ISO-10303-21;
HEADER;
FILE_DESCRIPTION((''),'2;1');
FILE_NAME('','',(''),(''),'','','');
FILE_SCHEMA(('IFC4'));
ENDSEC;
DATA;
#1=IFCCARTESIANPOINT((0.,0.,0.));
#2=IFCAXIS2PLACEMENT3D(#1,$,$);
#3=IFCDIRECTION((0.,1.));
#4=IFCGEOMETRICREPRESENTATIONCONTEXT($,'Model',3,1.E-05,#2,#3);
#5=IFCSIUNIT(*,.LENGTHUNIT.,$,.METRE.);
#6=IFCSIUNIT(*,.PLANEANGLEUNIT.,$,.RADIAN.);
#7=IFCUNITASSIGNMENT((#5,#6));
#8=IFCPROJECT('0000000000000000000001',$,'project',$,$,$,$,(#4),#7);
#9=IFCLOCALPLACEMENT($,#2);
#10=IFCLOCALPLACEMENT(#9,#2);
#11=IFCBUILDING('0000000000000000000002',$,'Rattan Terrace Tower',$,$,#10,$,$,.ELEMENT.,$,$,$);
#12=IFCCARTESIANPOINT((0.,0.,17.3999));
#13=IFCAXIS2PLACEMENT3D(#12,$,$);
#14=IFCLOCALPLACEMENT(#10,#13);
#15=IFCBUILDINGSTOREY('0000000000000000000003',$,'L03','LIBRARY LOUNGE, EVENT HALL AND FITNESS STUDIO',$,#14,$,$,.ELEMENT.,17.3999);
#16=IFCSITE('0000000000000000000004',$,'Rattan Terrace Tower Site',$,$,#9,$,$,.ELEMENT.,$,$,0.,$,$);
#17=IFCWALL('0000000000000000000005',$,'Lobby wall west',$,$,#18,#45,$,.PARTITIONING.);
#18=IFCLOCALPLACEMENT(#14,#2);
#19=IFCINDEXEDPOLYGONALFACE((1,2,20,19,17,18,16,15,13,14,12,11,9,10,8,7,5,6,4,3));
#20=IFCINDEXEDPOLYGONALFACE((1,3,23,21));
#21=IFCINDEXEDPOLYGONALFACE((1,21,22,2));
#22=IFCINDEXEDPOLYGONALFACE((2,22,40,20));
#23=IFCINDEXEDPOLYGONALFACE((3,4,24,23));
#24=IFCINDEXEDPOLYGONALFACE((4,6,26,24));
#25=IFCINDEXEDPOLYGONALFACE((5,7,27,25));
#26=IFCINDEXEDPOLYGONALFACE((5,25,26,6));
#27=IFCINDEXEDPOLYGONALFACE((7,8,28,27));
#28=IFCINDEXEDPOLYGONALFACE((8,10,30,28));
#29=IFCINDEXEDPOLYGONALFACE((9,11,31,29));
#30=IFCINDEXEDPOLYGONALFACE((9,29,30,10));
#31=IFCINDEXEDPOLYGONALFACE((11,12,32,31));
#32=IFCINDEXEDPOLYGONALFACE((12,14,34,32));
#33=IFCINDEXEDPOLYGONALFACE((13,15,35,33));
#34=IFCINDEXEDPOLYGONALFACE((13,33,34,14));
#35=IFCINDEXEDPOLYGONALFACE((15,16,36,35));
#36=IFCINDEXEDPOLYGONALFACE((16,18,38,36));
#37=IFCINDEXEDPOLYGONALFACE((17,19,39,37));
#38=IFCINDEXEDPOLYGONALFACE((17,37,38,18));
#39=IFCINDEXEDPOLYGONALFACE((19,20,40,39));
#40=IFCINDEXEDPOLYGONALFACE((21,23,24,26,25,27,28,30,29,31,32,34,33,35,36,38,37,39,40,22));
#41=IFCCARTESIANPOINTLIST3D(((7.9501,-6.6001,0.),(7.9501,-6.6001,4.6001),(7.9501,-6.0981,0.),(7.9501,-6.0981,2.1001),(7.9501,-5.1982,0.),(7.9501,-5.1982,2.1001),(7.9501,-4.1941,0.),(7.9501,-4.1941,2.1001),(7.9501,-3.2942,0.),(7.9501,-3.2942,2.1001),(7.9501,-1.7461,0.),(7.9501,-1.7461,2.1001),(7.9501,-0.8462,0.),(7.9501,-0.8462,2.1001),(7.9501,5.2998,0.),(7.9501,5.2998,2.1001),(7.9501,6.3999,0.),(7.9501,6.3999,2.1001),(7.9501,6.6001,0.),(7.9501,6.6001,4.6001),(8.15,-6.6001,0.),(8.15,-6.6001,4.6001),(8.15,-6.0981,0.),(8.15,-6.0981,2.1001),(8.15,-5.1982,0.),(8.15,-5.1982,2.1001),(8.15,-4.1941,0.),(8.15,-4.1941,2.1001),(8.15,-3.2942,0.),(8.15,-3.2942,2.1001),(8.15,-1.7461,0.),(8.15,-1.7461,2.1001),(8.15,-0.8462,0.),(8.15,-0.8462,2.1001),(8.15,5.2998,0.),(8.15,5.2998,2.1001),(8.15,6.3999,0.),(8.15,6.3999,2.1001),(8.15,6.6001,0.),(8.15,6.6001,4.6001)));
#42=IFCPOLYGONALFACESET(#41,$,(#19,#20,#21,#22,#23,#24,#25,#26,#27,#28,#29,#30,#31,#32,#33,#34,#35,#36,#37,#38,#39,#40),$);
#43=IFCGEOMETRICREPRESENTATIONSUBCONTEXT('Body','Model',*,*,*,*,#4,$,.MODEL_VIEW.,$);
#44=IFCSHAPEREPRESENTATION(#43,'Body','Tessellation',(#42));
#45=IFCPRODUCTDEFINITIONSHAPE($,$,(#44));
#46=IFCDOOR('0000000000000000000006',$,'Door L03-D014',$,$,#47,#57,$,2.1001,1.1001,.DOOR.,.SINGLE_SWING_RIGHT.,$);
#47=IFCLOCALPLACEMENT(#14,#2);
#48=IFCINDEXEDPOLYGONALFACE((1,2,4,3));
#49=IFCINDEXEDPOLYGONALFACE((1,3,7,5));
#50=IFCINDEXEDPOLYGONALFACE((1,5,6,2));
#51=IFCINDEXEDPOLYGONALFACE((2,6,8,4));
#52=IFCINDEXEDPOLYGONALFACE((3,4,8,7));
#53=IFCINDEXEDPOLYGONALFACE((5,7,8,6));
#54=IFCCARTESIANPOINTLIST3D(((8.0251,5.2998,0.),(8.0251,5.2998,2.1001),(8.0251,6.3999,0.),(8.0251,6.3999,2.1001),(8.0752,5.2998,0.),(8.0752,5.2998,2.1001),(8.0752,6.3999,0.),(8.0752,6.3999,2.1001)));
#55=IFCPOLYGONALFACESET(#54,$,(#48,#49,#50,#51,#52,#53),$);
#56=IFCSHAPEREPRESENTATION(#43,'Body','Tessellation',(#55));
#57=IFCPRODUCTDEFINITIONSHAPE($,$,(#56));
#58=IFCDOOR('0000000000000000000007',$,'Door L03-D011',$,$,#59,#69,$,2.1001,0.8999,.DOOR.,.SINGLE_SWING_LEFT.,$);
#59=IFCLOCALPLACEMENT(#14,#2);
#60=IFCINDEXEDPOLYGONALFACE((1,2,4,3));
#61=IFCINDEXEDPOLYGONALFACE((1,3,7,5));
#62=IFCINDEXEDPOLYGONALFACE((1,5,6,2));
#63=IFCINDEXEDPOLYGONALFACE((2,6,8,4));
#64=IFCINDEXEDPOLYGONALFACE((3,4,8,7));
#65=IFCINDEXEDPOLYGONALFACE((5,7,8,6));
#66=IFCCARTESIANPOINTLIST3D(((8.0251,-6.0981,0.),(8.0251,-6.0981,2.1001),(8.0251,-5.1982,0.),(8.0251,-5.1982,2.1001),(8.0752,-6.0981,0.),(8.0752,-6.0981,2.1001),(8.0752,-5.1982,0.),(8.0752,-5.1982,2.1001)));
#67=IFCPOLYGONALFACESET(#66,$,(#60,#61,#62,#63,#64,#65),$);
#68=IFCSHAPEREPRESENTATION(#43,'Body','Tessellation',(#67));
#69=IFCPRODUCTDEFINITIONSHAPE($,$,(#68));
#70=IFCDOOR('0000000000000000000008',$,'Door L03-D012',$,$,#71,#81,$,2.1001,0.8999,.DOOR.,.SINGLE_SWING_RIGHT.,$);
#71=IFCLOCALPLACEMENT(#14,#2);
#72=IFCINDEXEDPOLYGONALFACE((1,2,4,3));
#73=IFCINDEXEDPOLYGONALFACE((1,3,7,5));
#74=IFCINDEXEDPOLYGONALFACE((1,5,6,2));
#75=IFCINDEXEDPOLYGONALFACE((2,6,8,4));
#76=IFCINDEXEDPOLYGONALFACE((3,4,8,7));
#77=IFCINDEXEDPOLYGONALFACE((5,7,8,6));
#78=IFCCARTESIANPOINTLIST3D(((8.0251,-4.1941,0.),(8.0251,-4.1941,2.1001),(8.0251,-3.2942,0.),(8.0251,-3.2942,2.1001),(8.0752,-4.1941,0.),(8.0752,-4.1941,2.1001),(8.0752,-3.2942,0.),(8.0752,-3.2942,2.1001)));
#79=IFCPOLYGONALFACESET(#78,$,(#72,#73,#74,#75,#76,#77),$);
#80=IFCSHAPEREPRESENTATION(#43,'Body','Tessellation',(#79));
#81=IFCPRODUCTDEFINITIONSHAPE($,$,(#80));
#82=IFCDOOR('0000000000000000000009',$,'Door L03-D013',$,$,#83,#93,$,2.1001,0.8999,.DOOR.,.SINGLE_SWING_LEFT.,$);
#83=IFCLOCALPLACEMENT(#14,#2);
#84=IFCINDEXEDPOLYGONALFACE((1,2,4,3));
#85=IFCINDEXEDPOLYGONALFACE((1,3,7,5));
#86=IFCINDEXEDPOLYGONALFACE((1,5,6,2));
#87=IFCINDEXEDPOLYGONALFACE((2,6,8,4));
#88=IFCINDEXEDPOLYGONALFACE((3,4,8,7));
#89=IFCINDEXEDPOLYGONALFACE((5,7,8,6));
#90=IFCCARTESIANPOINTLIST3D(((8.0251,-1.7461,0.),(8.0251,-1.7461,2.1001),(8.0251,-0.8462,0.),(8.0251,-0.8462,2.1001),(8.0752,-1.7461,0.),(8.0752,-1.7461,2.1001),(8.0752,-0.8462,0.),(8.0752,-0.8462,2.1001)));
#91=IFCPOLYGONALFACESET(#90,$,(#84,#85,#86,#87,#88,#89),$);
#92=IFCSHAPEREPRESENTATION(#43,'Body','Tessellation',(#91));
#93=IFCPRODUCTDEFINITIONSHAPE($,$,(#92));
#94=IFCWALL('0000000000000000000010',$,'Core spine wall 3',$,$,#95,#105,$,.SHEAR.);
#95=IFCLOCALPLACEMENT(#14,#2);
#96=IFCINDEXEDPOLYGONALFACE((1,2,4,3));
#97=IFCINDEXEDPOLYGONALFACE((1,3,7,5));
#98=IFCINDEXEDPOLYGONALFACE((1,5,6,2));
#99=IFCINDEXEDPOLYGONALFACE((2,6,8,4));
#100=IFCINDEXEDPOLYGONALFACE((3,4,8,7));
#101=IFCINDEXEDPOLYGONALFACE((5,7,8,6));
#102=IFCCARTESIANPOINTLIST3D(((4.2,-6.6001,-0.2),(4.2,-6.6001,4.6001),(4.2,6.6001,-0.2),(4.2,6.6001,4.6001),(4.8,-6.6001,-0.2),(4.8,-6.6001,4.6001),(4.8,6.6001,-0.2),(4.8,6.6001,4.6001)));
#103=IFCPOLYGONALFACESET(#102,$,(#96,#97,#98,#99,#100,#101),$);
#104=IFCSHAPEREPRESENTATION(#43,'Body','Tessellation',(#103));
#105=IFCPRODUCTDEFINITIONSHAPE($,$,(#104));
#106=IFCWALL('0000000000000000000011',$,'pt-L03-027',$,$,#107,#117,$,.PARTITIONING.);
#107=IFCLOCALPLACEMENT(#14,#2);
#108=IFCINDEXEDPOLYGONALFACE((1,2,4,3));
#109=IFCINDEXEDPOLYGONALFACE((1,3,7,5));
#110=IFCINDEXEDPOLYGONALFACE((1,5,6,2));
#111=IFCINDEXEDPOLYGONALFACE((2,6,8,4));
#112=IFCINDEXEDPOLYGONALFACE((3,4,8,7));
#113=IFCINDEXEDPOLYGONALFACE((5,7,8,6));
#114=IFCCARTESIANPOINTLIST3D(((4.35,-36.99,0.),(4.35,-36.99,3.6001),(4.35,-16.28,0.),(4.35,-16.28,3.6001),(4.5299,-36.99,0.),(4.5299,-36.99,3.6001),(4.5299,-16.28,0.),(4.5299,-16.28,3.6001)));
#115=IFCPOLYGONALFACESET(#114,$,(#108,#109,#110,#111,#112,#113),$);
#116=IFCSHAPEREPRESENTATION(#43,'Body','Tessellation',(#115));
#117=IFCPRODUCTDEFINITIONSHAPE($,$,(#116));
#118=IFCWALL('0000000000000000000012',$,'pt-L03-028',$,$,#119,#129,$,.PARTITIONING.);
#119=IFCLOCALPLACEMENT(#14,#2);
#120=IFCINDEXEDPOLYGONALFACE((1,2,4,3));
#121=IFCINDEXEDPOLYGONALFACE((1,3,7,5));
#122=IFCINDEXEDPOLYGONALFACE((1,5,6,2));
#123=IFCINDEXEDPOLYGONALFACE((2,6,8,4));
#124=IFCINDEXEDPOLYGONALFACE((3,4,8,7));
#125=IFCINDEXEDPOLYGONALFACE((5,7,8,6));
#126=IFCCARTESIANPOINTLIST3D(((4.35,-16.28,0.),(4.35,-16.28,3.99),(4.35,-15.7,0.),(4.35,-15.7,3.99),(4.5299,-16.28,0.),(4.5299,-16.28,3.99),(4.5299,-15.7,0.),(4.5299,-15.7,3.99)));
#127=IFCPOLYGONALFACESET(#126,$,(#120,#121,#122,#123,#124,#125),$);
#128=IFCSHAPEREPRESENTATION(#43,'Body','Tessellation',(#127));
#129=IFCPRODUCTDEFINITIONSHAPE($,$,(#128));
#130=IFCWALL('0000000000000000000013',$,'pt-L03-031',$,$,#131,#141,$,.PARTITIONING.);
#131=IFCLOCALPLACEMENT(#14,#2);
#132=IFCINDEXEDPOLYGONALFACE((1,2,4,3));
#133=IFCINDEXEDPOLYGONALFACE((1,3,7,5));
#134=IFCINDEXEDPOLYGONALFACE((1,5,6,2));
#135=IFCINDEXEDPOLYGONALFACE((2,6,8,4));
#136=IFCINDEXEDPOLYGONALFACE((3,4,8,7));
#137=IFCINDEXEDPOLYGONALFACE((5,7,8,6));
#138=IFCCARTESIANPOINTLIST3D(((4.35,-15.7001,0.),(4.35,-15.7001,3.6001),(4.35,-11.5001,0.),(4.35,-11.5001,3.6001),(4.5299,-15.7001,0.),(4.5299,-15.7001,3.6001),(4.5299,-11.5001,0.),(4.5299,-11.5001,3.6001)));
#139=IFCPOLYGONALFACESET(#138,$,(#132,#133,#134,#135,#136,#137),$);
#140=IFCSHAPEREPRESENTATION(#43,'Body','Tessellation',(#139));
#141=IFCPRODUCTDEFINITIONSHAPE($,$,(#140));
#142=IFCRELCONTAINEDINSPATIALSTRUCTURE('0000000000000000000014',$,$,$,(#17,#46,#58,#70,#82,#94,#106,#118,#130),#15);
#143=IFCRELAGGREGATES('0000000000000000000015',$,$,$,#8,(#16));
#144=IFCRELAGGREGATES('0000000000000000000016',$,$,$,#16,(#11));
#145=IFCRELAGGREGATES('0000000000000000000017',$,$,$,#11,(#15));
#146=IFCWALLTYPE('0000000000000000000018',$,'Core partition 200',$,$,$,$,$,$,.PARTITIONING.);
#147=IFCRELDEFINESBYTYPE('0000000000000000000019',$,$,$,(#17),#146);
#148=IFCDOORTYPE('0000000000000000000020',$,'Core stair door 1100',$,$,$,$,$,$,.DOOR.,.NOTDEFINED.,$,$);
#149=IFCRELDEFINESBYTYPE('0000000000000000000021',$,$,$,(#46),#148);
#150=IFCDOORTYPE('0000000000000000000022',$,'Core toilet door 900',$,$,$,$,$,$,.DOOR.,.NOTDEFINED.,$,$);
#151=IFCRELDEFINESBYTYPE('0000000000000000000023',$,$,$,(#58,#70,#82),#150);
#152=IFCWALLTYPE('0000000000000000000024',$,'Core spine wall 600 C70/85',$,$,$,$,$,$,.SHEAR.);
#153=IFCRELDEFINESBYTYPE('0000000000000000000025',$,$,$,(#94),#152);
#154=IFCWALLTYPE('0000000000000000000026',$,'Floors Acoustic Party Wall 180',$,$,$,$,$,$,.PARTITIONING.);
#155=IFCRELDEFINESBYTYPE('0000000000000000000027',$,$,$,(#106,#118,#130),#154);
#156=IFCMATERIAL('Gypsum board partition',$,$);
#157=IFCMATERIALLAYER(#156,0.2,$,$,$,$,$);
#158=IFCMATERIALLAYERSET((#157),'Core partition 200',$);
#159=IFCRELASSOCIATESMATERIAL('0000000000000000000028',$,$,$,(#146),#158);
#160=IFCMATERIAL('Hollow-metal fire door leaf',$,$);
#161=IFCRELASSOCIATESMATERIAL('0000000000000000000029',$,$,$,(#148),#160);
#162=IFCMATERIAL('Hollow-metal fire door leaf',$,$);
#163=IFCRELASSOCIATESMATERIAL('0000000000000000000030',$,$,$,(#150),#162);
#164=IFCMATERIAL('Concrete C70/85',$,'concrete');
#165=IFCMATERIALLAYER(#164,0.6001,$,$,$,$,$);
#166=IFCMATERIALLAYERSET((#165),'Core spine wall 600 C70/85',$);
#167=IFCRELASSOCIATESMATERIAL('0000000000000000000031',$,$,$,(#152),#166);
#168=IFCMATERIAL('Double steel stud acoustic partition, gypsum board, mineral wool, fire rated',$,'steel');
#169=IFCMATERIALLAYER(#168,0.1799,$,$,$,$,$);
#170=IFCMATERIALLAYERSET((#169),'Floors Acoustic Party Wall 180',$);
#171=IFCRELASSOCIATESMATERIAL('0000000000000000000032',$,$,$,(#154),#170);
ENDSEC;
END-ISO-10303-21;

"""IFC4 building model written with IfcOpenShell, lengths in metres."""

from ifc_helpers import new_model, si_unit, direction, frame, frame_2d, origin, place, context, subcontext, project, spatial, rectangle, extrude, material, layer, layer_set, type_object, element, fill, save


model = new_model("IFC4")

# Units and contexts
model_context = context("Model", 3, precision=1e-05, world=origin(), true_north=direction((0.0, 1.0)))
body_context = subcontext(model_context, "Body", "Model", "MODEL_VIEW")
ifc_project = project(units=[si_unit("LENGTHUNIT", "METRE"), si_unit("PLANEANGLEUNIT", "RADIAN")], contexts=[model_context])

# Site, building, storey
site_placement = place(None, origin())
site = spatial("IfcSite", under=ifc_project, at=site_placement, Name="Rattan Terrace Tower Site", CompositionType="ELEMENT", RefElevation=0.0)
building_placement = place(site_placement, origin())
building = spatial("IfcBuilding", under=site, at=building_placement, Name="Rattan Terrace Tower", CompositionType="ELEMENT")
storey_placement = place(building_placement, frame((0.0, 0.0, 17.3999)))
storey = spatial("IfcBuildingStorey", under=building, at=storey_placement, Name="L03", Description="LIBRARY LOUNGE, EVENT HALL AND FITNESS STUDIO", CompositionType="ELEMENT", Elevation=17.3999)

# Wall, openings, doors
ifc_material_1 = material(Name="Gypsum board partition")
ifc_layer_1 = layer(ifc_material_1, 0.2)
ifc_layer_set_1 = layer_set([ifc_layer_1], Name="Core partition 200")
wall_type_1 = type_object("IfcWallType", Name="Core partition 200", PredefinedType="PARTITIONING", material=ifc_layer_set_1)
wall_1_placement = place(storey_placement, frame((8.05, -6.6001, 0.0), z_axis=(0.0, 0.0, 1.0), x_axis=(0.0, 1.0, 0.0)))
wall_1 = element("IfcWall", 1, at=wall_1_placement, inside=storey, type_object=wall_type_1, Name="Lobby wall west", PredefinedType="PARTITIONING", context=body_context, shape_type="SweptSolid", body=[
    extrude(rectangle(XDim=13.2002, YDim=0.2, at=frame_2d((6.6001, 0.0))), origin(), (0.0, 0.0, 1.0), 4.6001),
])
opening_1_placement = place(wall_1_placement, frame((0.502, 0.0, 0.0)))
opening_1 = element("IfcOpeningElement", 2, at=opening_1_placement, cuts=wall_1, PredefinedType="OPENING", context=body_context, shape_type="SweptSolid", body=[
    extrude(rectangle(XDim=0.8999, YDim=2.1001, at=frame_2d((0.45, 1.05))), frame((0.0, 0.1106, 0.0), z_axis=(0.0, -1.0, 0.0), x_axis=(1.0, 0.0, 0.0)), (0.0, 0.0, 1.0), 0.2209),
])
opening_2_placement = place(wall_1_placement, frame((2.406, 0.0, 0.0)))
opening_2 = element("IfcOpeningElement", 3, at=opening_2_placement, cuts=wall_1, PredefinedType="OPENING", context=body_context, shape_type="SweptSolid", body=[
    extrude(rectangle(XDim=0.8999, YDim=2.1001, at=frame_2d((0.45, 1.05))), frame((0.0, 0.1106, 0.0), z_axis=(0.0, -1.0, 0.0), x_axis=(1.0, 0.0, 0.0)), (0.0, 0.0, 1.0), 0.2209),
])
opening_3_placement = place(wall_1_placement, frame((4.854, 0.0, 0.0)))
opening_3 = element("IfcOpeningElement", 4, at=opening_3_placement, cuts=wall_1, PredefinedType="OPENING", context=body_context, shape_type="SweptSolid", body=[
    extrude(rectangle(XDim=0.8999, YDim=2.1001, at=frame_2d((0.45, 1.05))), frame((0.0, 0.1106, 0.0), z_axis=(0.0, -1.0, 0.0), x_axis=(1.0, 0.0, 0.0)), (0.0, 0.0, 1.0), 0.2209),
])
opening_4_placement = place(wall_1_placement, frame((11.8999, 0.0, 0.0)))
opening_4 = element("IfcOpeningElement", 5, at=opening_4_placement, cuts=wall_1, PredefinedType="OPENING", context=body_context, shape_type="SweptSolid", body=[
    extrude(rectangle(XDim=1.1001, YDim=2.1001, at=frame_2d((0.55, 1.05))), frame((0.0, 0.1106, 0.0), z_axis=(0.0, -1.0, 0.0), x_axis=(1.0, 0.0, 0.0)), (0.0, 0.0, 1.0), 0.2209),
])
ifc_material_2 = material(Name="Hollow-metal fire door leaf")
door_type_1 = type_object("IfcDoorType", Name="Core stair door 1100", OperationType="NOTDEFINED", PredefinedType="DOOR", material=ifc_material_2)
door_1_placement = place(opening_4_placement, origin())
door_1 = element("IfcDoor", 6, at=door_1_placement, inside=storey, type_object=door_type_1, Name="Door L03-D014", OperationType="SINGLE_SWING_RIGHT", OverallHeight=2.1001, OverallWidth=1.1001, PredefinedType="DOOR", context=body_context, shape_type="SweptSolid", body=[
    extrude(rectangle(XDim=1.1001, YDim=2.1001, at=frame_2d((0.55, 1.05))), frame((0.0, 0.0249, 0.0), z_axis=(0.0, -1.0, 0.0), x_axis=(1.0, 0.0, 0.0)), (0.0, 0.0, 1.0), 0.05),
])
fill(opening_4, door_1)
ifc_material_3 = material(Name="Hollow-metal fire door leaf")
door_type_2 = type_object("IfcDoorType", Name="Core toilet door 900", OperationType="NOTDEFINED", PredefinedType="DOOR", material=ifc_material_3)
door_2_placement = place(opening_1_placement, origin())
door_2 = element("IfcDoor", 7, at=door_2_placement, inside=storey, type_object=door_type_2, Name="Door L03-D011", OperationType="SINGLE_SWING_LEFT", OverallHeight=2.1001, OverallWidth=0.8999, PredefinedType="DOOR", context=body_context, shape_type="SweptSolid", body=[
    extrude(rectangle(XDim=0.8999, YDim=2.1001, at=frame_2d((0.45, 1.05))), frame((0.0, 0.0249, 0.0), z_axis=(0.0, -1.0, 0.0), x_axis=(1.0, 0.0, 0.0)), (0.0, 0.0, 1.0), 0.05),
])
fill(opening_1, door_2)
door_3_placement = place(opening_2_placement, origin())
door_3 = element("IfcDoor", 8, at=door_3_placement, inside=storey, type_object=door_type_2, Name="Door L03-D012", OperationType="SINGLE_SWING_RIGHT", OverallHeight=2.1001, OverallWidth=0.8999, PredefinedType="DOOR", context=body_context, shape_type="SweptSolid", body=[
    extrude(rectangle(XDim=0.8999, YDim=2.1001, at=frame_2d((0.45, 1.05))), frame((0.0, 0.0249, 0.0), z_axis=(0.0, -1.0, 0.0), x_axis=(1.0, 0.0, 0.0)), (0.0, 0.0, 1.0), 0.05),
])
fill(opening_2, door_3)
door_4_placement = place(opening_3_placement, origin())
door_4 = element("IfcDoor", 9, at=door_4_placement, inside=storey, type_object=door_type_2, Name="Door L03-D013", OperationType="SINGLE_SWING_LEFT", OverallHeight=2.1001, OverallWidth=0.8999, PredefinedType="DOOR", context=body_context, shape_type="SweptSolid", body=[
    extrude(rectangle(XDim=0.8999, YDim=2.1001, at=frame_2d((0.45, 1.05))), frame((0.0, 0.0249, 0.0), z_axis=(0.0, -1.0, 0.0), x_axis=(1.0, 0.0, 0.0)), (0.0, 0.0, 1.0), 0.05),
])
fill(opening_3, door_4)

# Walls
ifc_material_4 = material(Name="Concrete C70/85", Category="concrete")
ifc_layer_2 = layer(ifc_material_4, 0.6001)
ifc_layer_set_2 = layer_set([ifc_layer_2], Name="Core spine wall 600 C70/85")
wall_type_2 = type_object("IfcWallType", Name="Core spine wall 600 C70/85", PredefinedType="SHEAR", material=ifc_layer_set_2)
wall_2_placement = place(storey_placement, frame((4.5, -6.6001, -0.2), z_axis=(0.0, 0.0, 1.0), x_axis=(0.0, 1.0, 0.0)))
element("IfcWall", 10, at=wall_2_placement, inside=storey, type_object=wall_type_2, Name="Core spine wall 3", PredefinedType="SHEAR", context=body_context, shape_type="SweptSolid", body=[
    extrude(rectangle(XDim=13.2002, YDim=0.6001, at=frame_2d((6.6001, 0.0))), origin(), (0.0, 0.0, 1.0), 4.8),
])
ifc_material_5 = material(Name="Double steel stud acoustic partition, gypsum board, mineral wool, fire rated", Category="steel")
ifc_layer_3 = layer(ifc_material_5, 0.1799)
ifc_layer_set_3 = layer_set([ifc_layer_3], Name="Floors Acoustic Party Wall 180")
wall_type_3 = type_object("IfcWallType", Name="Floors Acoustic Party Wall 180", PredefinedType="PARTITIONING", material=ifc_layer_set_3)
wall_3_placement = place(storey_placement, frame((4.4399, -16.28, 0.0), z_axis=(0.0, 0.0, 1.0), x_axis=(0.0, -1.0, 0.0)))
element("IfcWall", 11, at=wall_3_placement, inside=storey, type_object=wall_type_3, Name="pt-L03-027", PredefinedType="PARTITIONING", context=body_context, shape_type="SweptSolid", body=[
    extrude(rectangle(XDim=20.71, YDim=0.1799, at=frame_2d((10.355, 0.0))), origin(), (0.0, 0.0, 1.0), 3.6001),
])
wall_4_placement = place(storey_placement, frame((4.4399, -15.7, 0.0), z_axis=(0.0, 0.0, 1.0), x_axis=(0.0, -1.0, 0.0)))
element("IfcWall", 12, at=wall_4_placement, inside=storey, type_object=wall_type_3, Name="pt-L03-028", PredefinedType="PARTITIONING", context=body_context, shape_type="SweptSolid", body=[
    extrude(rectangle(XDim=0.5801, YDim=0.1799, at=frame_2d((0.29, 0.0))), origin(), (0.0, 0.0, 1.0), 3.99),
])
wall_5_placement = place(storey_placement, frame((4.4399, -11.5, 0.0), z_axis=(0.0, 0.0, 1.0), x_axis=(0.0, -1.0, 0.0)))
element("IfcWall", 13, at=wall_5_placement, inside=storey, type_object=wall_type_3, Name="pt-L03-031", PredefinedType="PARTITIONING", context=body_context, shape_type="SweptSolid", body=[
    extrude(rectangle(XDim=4.2, YDim=0.1799, at=frame_2d((2.1001, 0.0))), origin(), (0.0, 0.0, 1.0), 3.6001),
])

save(model, "model.ifc")
